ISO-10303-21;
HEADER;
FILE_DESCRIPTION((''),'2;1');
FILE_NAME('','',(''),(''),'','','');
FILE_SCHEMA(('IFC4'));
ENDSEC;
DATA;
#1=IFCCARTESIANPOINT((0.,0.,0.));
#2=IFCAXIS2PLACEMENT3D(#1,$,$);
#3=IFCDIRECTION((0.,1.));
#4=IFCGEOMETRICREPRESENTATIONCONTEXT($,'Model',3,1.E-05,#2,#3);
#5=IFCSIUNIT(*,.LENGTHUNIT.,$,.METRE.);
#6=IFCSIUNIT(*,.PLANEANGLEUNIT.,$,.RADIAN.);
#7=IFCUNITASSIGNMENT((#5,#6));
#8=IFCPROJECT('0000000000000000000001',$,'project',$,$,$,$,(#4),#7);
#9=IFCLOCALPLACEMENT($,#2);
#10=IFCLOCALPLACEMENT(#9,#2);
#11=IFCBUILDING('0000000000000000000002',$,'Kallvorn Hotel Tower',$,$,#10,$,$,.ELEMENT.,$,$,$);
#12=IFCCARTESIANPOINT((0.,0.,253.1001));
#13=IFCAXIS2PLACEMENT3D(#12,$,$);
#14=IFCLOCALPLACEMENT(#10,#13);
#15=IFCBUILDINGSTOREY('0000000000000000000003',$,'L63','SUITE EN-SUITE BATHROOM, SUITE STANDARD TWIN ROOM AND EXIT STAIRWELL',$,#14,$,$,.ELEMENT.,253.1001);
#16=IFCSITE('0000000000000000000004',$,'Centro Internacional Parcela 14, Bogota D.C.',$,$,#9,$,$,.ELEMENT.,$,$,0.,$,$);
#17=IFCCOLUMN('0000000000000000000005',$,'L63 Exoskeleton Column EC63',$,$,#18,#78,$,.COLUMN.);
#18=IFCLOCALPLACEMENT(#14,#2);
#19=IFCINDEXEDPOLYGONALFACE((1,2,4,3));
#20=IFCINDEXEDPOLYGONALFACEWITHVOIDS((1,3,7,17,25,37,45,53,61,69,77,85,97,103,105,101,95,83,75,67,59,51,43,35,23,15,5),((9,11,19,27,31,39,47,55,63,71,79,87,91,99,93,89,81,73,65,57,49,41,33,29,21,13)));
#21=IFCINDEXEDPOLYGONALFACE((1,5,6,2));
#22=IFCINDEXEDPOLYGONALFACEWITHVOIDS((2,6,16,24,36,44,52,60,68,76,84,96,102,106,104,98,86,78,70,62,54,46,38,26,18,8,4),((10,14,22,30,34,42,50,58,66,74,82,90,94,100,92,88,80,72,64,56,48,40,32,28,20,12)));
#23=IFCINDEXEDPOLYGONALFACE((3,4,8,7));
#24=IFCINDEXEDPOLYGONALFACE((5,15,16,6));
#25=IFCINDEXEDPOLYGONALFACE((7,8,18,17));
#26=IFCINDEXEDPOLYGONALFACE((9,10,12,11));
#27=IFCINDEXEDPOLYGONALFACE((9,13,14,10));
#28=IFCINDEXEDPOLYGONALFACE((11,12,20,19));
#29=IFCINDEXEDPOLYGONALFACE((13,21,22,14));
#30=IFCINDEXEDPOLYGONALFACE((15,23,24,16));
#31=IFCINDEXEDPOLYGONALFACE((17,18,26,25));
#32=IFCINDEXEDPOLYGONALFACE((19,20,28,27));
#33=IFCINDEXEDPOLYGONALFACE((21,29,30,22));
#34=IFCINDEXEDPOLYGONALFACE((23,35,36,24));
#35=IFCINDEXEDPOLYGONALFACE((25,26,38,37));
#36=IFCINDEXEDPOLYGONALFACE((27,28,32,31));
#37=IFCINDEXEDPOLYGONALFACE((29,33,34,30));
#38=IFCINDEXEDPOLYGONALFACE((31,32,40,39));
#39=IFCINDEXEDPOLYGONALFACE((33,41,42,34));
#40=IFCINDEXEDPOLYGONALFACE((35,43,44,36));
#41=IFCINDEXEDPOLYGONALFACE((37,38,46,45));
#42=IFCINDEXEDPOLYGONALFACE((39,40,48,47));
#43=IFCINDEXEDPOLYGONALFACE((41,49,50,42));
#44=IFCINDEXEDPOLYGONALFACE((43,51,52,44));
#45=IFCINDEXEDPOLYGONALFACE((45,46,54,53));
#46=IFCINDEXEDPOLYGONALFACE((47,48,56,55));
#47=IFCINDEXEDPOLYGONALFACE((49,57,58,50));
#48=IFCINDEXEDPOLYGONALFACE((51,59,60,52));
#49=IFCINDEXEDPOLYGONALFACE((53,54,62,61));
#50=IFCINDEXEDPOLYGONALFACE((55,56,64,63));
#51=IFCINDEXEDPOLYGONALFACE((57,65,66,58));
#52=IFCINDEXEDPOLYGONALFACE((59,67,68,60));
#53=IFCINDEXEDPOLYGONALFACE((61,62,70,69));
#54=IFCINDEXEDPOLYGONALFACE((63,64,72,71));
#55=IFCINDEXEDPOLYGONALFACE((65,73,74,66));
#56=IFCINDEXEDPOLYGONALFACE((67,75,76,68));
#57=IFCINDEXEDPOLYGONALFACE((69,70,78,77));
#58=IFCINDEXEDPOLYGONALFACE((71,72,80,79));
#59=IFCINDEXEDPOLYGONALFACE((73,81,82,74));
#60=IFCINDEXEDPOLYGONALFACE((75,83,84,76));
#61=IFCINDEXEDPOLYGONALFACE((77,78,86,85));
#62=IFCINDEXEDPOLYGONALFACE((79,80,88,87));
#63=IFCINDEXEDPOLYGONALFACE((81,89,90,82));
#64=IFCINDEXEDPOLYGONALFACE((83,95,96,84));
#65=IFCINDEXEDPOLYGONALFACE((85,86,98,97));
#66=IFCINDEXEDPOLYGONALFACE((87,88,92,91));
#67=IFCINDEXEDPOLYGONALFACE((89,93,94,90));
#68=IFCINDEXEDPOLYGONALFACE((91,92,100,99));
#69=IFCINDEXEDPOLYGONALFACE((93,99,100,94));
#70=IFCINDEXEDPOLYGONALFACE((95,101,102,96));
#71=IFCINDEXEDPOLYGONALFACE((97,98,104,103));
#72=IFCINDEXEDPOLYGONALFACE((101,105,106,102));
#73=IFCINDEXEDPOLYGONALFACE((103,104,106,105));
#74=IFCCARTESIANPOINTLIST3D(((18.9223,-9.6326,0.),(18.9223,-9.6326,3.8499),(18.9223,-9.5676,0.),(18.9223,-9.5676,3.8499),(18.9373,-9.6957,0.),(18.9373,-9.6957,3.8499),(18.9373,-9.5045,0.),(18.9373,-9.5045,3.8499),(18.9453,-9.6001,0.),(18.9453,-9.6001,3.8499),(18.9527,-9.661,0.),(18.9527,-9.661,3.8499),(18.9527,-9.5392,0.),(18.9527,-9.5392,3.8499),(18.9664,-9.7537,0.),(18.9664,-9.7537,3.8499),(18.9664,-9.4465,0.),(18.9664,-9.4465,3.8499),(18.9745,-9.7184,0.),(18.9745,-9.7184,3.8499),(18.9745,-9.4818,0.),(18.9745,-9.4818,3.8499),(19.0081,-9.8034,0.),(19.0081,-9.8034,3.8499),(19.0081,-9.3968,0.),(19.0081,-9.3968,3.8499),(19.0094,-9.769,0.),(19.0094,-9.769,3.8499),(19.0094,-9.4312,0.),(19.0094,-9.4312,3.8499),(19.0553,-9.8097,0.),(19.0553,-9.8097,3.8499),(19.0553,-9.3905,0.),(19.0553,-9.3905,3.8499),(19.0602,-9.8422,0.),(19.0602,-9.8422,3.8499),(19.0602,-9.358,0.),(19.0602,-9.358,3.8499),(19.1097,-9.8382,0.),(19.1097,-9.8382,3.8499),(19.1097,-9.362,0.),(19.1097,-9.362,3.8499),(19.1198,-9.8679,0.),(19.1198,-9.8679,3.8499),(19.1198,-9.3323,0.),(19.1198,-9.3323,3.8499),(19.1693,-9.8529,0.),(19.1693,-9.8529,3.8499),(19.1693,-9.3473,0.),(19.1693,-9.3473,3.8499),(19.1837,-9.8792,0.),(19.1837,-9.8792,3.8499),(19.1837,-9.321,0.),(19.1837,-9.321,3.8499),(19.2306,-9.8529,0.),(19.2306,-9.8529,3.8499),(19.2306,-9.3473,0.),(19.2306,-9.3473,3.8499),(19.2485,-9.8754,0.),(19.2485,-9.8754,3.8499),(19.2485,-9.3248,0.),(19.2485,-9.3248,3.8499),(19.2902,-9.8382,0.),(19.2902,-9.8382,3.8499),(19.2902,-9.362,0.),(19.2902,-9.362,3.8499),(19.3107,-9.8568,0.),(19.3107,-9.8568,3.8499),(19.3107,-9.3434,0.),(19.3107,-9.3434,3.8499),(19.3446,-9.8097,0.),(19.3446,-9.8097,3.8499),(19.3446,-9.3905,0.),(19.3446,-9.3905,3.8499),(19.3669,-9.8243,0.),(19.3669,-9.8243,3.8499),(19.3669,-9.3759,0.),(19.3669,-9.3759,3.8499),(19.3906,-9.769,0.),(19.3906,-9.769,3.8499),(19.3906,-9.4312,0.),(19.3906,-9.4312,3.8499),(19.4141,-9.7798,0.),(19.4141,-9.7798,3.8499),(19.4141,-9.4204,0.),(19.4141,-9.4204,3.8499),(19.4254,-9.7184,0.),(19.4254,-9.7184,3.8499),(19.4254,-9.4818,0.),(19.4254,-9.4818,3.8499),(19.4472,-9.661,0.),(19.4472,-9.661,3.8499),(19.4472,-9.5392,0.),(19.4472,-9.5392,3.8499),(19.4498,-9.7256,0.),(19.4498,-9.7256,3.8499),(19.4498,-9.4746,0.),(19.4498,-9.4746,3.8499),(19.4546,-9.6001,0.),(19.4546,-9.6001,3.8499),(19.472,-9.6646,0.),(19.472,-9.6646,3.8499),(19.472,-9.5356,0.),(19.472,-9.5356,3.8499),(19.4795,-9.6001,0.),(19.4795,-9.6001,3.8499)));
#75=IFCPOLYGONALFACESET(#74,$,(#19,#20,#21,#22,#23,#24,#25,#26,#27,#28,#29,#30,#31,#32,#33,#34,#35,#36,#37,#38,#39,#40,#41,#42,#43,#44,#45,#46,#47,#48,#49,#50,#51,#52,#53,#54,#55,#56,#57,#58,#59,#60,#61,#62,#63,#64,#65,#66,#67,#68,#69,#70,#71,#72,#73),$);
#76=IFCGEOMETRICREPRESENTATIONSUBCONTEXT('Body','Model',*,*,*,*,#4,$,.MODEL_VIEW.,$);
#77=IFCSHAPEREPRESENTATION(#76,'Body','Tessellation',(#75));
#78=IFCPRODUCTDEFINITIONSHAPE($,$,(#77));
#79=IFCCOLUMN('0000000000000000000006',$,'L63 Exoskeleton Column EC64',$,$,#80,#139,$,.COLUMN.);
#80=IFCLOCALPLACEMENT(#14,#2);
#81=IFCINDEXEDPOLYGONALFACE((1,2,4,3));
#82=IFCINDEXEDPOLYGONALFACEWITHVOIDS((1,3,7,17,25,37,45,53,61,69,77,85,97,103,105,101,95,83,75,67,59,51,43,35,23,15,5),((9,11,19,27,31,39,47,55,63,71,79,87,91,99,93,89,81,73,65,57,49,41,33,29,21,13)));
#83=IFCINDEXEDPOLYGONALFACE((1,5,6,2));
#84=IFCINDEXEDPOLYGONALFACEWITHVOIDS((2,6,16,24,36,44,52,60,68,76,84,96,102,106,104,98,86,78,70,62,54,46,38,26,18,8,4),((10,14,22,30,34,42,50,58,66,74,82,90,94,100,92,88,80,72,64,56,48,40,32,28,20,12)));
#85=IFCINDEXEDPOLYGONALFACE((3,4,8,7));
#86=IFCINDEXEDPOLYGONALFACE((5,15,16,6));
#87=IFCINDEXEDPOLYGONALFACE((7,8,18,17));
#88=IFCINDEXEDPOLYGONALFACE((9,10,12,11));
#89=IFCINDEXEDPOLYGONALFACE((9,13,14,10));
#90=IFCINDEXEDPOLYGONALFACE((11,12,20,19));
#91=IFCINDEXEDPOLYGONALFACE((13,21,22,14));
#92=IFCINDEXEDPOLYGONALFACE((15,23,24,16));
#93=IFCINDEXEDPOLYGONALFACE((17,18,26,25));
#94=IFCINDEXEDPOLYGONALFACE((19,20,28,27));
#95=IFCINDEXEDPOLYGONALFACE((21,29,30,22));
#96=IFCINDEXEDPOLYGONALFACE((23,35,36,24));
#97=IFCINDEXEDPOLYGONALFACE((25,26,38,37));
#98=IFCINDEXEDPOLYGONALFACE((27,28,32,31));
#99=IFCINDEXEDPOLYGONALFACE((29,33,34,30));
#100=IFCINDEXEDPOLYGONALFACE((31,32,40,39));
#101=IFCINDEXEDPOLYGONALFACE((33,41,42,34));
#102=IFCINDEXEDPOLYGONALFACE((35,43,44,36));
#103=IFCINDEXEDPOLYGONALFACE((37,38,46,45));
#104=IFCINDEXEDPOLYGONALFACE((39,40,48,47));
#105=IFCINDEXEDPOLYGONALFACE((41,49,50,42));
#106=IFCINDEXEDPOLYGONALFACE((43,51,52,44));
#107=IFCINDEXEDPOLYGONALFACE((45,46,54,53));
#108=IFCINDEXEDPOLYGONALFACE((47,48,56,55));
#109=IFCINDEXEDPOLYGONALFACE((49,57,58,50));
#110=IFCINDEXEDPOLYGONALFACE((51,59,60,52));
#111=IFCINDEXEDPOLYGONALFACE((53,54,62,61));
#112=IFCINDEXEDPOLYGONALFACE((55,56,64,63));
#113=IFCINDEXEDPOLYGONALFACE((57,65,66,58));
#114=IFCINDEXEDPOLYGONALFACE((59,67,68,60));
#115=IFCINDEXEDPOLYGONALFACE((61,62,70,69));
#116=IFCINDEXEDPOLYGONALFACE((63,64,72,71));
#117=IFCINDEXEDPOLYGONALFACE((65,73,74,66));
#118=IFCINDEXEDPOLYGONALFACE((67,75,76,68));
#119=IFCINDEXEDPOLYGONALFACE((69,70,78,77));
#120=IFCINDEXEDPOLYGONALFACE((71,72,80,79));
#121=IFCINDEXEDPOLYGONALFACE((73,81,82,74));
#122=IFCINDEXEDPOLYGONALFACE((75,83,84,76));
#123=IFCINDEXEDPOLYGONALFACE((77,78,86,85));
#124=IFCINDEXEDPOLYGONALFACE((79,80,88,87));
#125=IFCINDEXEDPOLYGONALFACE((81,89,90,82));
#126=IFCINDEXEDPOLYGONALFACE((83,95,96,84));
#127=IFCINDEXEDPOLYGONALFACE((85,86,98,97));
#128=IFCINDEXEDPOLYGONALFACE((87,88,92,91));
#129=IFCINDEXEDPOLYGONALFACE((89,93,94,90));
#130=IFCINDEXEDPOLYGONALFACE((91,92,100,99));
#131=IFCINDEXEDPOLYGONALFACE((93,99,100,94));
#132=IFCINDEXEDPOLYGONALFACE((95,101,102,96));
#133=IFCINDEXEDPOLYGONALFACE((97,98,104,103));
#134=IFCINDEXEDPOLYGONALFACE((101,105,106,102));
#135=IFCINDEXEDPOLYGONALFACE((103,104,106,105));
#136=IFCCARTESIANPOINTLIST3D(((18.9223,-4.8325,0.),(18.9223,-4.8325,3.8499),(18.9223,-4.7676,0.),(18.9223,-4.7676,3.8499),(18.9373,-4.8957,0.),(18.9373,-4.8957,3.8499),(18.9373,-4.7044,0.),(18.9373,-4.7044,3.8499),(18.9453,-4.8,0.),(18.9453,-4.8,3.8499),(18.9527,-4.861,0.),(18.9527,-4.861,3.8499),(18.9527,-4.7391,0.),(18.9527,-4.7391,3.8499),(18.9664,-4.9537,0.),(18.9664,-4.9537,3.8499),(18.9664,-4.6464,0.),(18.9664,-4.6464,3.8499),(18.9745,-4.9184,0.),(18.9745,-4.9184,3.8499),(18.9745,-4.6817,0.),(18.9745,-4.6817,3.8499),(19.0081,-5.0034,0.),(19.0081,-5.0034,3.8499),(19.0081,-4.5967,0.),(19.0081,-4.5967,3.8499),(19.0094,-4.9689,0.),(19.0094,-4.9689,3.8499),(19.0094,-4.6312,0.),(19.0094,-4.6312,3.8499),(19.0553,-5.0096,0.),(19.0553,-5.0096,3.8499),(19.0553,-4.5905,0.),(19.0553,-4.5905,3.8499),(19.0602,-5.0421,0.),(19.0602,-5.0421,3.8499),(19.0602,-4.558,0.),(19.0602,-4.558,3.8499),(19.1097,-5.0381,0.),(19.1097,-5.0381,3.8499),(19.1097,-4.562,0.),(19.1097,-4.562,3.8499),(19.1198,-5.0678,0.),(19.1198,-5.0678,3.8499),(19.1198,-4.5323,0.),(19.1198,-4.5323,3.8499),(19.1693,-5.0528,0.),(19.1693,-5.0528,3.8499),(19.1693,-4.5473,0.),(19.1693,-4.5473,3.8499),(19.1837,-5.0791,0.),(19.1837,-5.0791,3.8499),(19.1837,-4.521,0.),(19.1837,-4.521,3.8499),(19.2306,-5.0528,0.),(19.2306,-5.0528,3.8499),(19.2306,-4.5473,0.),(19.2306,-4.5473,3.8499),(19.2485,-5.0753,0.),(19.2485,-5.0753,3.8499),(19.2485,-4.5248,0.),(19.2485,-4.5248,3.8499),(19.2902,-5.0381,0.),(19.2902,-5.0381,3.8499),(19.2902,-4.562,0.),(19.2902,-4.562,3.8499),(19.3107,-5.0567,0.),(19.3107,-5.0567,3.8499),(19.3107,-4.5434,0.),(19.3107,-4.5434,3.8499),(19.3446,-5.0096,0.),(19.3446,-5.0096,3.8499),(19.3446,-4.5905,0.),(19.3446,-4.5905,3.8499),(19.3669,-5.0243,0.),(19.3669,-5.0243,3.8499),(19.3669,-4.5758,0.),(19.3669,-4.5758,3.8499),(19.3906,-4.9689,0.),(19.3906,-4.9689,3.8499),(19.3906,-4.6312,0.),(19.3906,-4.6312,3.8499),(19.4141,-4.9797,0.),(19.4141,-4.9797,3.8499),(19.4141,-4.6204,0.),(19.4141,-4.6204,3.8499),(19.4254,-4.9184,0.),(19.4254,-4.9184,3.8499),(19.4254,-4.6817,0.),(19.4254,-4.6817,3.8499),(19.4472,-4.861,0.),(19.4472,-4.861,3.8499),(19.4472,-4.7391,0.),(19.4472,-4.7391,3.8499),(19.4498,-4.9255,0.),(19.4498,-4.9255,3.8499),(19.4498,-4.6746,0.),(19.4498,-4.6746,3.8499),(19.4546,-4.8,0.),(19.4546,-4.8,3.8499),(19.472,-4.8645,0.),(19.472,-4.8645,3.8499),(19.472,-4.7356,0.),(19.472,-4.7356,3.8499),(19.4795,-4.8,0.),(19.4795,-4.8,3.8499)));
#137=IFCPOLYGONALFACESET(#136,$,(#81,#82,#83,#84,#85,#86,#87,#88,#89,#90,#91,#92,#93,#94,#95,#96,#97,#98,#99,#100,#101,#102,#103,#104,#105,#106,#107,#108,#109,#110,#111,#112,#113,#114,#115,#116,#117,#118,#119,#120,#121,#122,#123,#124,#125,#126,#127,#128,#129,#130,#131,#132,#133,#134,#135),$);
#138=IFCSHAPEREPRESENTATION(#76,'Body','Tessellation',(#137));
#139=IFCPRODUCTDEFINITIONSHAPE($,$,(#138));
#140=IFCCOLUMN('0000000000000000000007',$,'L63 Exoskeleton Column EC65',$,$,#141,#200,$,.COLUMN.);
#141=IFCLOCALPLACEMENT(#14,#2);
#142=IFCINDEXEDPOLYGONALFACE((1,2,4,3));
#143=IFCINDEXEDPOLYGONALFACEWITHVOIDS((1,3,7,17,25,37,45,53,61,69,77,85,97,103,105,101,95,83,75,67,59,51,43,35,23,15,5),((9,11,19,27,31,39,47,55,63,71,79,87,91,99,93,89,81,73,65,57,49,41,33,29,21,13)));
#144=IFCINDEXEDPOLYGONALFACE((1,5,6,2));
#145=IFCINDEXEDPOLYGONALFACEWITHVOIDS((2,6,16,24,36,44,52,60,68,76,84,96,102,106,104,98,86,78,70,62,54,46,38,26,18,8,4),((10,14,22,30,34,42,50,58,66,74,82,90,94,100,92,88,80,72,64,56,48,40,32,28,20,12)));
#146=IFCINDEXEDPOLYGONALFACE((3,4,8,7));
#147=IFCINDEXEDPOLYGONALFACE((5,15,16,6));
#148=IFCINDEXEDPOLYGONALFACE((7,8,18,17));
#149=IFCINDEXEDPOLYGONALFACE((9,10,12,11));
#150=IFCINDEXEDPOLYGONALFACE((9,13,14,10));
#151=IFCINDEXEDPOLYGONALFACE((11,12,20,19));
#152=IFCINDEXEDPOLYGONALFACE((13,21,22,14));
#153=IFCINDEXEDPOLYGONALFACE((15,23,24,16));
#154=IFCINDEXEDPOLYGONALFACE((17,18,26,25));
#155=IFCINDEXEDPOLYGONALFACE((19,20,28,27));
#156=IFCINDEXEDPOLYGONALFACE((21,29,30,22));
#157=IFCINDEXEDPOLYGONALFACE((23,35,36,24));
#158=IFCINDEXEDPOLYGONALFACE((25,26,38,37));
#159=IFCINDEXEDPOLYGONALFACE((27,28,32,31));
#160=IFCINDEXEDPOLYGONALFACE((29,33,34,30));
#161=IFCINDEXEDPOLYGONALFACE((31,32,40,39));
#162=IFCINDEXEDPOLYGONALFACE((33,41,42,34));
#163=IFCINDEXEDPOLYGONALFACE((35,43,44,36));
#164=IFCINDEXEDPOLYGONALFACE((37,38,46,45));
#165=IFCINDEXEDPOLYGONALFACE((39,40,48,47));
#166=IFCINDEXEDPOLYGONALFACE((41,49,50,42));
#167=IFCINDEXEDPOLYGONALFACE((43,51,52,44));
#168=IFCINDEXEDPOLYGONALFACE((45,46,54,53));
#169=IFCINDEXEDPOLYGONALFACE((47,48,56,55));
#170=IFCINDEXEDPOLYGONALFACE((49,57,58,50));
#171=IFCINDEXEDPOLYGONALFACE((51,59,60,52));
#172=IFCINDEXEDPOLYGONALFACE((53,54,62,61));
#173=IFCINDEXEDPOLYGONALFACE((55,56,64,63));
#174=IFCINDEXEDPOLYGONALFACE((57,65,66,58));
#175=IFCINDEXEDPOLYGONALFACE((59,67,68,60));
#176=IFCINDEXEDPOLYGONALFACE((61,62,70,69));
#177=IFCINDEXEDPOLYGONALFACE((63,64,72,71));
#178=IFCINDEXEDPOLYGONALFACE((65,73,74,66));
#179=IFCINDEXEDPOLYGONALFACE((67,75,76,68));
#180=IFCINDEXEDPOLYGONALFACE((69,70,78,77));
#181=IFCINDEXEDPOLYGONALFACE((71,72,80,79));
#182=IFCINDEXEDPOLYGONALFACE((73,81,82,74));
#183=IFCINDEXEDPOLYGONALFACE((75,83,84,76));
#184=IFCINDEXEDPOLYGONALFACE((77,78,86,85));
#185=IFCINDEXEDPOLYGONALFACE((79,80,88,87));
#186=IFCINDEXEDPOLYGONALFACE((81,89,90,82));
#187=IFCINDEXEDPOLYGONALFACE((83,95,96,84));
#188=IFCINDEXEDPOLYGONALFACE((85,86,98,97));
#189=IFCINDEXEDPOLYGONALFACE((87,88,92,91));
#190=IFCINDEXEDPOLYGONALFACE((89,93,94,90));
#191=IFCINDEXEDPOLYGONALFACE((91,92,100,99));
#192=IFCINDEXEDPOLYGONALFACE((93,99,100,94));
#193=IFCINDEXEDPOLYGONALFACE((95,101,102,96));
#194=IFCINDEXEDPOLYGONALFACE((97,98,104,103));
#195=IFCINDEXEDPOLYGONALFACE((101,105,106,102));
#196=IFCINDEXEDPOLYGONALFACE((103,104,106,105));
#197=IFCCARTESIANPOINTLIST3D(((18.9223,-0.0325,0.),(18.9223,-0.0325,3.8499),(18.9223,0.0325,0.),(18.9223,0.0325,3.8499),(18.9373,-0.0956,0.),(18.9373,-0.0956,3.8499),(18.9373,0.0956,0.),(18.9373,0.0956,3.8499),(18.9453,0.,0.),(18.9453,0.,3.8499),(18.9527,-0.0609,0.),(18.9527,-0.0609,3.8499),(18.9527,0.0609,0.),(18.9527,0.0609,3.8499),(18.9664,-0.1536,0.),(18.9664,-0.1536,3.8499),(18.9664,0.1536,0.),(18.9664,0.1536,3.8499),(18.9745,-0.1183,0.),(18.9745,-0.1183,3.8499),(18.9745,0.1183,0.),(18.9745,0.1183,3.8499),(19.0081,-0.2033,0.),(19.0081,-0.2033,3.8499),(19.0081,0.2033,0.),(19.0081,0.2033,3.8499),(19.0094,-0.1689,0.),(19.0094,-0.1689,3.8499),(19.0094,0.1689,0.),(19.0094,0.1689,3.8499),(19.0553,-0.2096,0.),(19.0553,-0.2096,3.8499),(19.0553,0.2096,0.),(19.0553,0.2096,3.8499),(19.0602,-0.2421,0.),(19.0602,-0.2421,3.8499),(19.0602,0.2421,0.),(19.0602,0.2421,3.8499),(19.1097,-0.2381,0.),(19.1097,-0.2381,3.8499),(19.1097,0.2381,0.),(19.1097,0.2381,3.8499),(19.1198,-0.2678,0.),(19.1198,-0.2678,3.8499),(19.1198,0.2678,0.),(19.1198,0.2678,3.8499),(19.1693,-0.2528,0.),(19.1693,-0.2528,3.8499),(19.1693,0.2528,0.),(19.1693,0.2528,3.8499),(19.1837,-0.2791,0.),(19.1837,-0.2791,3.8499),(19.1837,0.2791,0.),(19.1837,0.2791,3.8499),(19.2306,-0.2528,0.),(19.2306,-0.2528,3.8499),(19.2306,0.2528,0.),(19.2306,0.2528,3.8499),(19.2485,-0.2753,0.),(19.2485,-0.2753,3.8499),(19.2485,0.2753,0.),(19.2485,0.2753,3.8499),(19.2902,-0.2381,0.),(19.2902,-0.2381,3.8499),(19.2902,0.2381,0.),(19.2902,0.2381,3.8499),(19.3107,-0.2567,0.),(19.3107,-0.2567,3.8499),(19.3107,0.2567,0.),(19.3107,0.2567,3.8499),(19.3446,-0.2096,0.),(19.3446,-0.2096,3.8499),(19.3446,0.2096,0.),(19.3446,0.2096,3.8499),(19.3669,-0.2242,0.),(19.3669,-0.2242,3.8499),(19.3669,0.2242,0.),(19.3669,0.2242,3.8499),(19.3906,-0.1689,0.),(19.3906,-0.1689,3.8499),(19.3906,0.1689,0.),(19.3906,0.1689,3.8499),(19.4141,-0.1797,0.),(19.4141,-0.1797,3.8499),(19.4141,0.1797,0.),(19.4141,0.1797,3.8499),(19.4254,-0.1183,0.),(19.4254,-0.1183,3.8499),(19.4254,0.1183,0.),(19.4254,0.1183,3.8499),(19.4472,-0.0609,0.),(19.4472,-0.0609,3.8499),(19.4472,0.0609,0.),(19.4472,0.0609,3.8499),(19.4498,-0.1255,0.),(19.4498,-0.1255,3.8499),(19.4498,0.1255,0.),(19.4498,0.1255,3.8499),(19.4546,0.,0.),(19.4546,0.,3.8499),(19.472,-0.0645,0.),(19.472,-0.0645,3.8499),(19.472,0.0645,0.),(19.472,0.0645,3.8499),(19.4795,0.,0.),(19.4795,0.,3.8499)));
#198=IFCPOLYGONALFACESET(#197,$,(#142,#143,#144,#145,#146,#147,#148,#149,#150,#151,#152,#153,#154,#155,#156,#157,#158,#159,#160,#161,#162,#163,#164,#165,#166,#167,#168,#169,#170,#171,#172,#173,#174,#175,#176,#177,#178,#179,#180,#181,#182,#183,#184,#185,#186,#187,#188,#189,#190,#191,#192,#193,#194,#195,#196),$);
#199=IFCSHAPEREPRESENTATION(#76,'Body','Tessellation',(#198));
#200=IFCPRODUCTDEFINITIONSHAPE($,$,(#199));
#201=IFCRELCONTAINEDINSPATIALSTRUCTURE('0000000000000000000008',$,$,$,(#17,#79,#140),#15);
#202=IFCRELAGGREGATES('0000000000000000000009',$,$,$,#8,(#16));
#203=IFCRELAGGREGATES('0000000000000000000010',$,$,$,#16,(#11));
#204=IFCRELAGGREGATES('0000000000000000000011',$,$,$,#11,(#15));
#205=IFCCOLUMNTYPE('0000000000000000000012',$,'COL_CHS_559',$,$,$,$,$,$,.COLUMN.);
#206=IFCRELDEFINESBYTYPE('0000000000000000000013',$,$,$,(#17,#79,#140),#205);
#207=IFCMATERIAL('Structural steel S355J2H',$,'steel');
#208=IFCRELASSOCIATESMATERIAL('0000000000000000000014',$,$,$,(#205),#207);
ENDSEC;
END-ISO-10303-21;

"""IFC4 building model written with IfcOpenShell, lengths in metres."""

from ifc_helpers import new_model, si_unit, direction, frame, origin, origin_2d, place, context, subcontext, project, spatial, hollow_circle, extrude, material, material_profile, profile_set, type_object, element, save


model = new_model("IFC4")

# Units and contexts
model_context = context("Model", 3, precision=1e-05, world=origin(), true_north=direction((0.0, 1.0)))
body_context = subcontext(model_context, "Body", "Model", "MODEL_VIEW")
ifc_project = project(units=[si_unit("LENGTHUNIT", "METRE"), si_unit("PLANEANGLEUNIT", "RADIAN")], contexts=[model_context])

# Site, building, storey
site_placement = place(None, origin())
site = spatial("IfcSite", under=ifc_project, at=site_placement, Name="Centro Internacional Parcela 14, Bogota D.C.", CompositionType="ELEMENT", RefElevation=0.0)
building_placement = place(site_placement, origin())
building = spatial("IfcBuilding", under=site, at=building_placement, Name="Kallvorn Hotel Tower", CompositionType="ELEMENT")
storey_placement = place(building_placement, frame((0.0, 0.0, 253.1001)))
storey = spatial("IfcBuildingStorey", under=building, at=storey_placement, Name="L63", Description="SUITE EN-SUITE BATHROOM, SUITE STANDARD TWIN ROOM AND EXIT STAIRWELL", CompositionType="ELEMENT", Elevation=253.1001)

# Columns
ifc_material_1 = material(Name="Structural steel S355J2H", Category="steel")
ifc_material_profile_1 = material_profile(ifc_material_1, hollow_circle(Radius=0.2795, WallThickness=0.0249, at=origin_2d()), Name="CHS 559x25")
ifc_profile_set_1 = profile_set([ifc_material_profile_1], Name="Structural steel S355J2H")
column_type_1 = type_object("IfcColumnType", Name="COL_CHS_559", PredefinedType="COLUMN", material=ifc_profile_set_1)
for number, where, z_axis, x_axis, name in (
    (1, (19.2, -9.6001, 0.0), (0.0, 0.0, 1.0), (1.0, 0.0, 0.0), "L63 Exoskeleton Column EC63"),
    (2, (19.2, -4.8, 0.0), (0.0, 0.0, 1.0), (1.0, 0.0, 0.0), "L63 Exoskeleton Column EC64"),
    (3, (19.2, 0.0, 0.0), (0.0, 0.0, 1.0), (1.0, 0.0, 0.0), "L63 Exoskeleton Column EC65"),
):
    element("IfcColumn", number, at=place(storey_placement, frame(where, z_axis=z_axis, x_axis=x_axis)), inside=storey, type_object=column_type_1, Name=name, PredefinedType="COLUMN", context=body_context, shape_type="SweptSolid", body=[
        extrude(hollow_circle(Radius=0.2795, WallThickness=0.0249, at=origin_2d()), origin(), (0.0, 0.0, 1.0), 3.8499),
    ])

save(model, "model.ifc")
